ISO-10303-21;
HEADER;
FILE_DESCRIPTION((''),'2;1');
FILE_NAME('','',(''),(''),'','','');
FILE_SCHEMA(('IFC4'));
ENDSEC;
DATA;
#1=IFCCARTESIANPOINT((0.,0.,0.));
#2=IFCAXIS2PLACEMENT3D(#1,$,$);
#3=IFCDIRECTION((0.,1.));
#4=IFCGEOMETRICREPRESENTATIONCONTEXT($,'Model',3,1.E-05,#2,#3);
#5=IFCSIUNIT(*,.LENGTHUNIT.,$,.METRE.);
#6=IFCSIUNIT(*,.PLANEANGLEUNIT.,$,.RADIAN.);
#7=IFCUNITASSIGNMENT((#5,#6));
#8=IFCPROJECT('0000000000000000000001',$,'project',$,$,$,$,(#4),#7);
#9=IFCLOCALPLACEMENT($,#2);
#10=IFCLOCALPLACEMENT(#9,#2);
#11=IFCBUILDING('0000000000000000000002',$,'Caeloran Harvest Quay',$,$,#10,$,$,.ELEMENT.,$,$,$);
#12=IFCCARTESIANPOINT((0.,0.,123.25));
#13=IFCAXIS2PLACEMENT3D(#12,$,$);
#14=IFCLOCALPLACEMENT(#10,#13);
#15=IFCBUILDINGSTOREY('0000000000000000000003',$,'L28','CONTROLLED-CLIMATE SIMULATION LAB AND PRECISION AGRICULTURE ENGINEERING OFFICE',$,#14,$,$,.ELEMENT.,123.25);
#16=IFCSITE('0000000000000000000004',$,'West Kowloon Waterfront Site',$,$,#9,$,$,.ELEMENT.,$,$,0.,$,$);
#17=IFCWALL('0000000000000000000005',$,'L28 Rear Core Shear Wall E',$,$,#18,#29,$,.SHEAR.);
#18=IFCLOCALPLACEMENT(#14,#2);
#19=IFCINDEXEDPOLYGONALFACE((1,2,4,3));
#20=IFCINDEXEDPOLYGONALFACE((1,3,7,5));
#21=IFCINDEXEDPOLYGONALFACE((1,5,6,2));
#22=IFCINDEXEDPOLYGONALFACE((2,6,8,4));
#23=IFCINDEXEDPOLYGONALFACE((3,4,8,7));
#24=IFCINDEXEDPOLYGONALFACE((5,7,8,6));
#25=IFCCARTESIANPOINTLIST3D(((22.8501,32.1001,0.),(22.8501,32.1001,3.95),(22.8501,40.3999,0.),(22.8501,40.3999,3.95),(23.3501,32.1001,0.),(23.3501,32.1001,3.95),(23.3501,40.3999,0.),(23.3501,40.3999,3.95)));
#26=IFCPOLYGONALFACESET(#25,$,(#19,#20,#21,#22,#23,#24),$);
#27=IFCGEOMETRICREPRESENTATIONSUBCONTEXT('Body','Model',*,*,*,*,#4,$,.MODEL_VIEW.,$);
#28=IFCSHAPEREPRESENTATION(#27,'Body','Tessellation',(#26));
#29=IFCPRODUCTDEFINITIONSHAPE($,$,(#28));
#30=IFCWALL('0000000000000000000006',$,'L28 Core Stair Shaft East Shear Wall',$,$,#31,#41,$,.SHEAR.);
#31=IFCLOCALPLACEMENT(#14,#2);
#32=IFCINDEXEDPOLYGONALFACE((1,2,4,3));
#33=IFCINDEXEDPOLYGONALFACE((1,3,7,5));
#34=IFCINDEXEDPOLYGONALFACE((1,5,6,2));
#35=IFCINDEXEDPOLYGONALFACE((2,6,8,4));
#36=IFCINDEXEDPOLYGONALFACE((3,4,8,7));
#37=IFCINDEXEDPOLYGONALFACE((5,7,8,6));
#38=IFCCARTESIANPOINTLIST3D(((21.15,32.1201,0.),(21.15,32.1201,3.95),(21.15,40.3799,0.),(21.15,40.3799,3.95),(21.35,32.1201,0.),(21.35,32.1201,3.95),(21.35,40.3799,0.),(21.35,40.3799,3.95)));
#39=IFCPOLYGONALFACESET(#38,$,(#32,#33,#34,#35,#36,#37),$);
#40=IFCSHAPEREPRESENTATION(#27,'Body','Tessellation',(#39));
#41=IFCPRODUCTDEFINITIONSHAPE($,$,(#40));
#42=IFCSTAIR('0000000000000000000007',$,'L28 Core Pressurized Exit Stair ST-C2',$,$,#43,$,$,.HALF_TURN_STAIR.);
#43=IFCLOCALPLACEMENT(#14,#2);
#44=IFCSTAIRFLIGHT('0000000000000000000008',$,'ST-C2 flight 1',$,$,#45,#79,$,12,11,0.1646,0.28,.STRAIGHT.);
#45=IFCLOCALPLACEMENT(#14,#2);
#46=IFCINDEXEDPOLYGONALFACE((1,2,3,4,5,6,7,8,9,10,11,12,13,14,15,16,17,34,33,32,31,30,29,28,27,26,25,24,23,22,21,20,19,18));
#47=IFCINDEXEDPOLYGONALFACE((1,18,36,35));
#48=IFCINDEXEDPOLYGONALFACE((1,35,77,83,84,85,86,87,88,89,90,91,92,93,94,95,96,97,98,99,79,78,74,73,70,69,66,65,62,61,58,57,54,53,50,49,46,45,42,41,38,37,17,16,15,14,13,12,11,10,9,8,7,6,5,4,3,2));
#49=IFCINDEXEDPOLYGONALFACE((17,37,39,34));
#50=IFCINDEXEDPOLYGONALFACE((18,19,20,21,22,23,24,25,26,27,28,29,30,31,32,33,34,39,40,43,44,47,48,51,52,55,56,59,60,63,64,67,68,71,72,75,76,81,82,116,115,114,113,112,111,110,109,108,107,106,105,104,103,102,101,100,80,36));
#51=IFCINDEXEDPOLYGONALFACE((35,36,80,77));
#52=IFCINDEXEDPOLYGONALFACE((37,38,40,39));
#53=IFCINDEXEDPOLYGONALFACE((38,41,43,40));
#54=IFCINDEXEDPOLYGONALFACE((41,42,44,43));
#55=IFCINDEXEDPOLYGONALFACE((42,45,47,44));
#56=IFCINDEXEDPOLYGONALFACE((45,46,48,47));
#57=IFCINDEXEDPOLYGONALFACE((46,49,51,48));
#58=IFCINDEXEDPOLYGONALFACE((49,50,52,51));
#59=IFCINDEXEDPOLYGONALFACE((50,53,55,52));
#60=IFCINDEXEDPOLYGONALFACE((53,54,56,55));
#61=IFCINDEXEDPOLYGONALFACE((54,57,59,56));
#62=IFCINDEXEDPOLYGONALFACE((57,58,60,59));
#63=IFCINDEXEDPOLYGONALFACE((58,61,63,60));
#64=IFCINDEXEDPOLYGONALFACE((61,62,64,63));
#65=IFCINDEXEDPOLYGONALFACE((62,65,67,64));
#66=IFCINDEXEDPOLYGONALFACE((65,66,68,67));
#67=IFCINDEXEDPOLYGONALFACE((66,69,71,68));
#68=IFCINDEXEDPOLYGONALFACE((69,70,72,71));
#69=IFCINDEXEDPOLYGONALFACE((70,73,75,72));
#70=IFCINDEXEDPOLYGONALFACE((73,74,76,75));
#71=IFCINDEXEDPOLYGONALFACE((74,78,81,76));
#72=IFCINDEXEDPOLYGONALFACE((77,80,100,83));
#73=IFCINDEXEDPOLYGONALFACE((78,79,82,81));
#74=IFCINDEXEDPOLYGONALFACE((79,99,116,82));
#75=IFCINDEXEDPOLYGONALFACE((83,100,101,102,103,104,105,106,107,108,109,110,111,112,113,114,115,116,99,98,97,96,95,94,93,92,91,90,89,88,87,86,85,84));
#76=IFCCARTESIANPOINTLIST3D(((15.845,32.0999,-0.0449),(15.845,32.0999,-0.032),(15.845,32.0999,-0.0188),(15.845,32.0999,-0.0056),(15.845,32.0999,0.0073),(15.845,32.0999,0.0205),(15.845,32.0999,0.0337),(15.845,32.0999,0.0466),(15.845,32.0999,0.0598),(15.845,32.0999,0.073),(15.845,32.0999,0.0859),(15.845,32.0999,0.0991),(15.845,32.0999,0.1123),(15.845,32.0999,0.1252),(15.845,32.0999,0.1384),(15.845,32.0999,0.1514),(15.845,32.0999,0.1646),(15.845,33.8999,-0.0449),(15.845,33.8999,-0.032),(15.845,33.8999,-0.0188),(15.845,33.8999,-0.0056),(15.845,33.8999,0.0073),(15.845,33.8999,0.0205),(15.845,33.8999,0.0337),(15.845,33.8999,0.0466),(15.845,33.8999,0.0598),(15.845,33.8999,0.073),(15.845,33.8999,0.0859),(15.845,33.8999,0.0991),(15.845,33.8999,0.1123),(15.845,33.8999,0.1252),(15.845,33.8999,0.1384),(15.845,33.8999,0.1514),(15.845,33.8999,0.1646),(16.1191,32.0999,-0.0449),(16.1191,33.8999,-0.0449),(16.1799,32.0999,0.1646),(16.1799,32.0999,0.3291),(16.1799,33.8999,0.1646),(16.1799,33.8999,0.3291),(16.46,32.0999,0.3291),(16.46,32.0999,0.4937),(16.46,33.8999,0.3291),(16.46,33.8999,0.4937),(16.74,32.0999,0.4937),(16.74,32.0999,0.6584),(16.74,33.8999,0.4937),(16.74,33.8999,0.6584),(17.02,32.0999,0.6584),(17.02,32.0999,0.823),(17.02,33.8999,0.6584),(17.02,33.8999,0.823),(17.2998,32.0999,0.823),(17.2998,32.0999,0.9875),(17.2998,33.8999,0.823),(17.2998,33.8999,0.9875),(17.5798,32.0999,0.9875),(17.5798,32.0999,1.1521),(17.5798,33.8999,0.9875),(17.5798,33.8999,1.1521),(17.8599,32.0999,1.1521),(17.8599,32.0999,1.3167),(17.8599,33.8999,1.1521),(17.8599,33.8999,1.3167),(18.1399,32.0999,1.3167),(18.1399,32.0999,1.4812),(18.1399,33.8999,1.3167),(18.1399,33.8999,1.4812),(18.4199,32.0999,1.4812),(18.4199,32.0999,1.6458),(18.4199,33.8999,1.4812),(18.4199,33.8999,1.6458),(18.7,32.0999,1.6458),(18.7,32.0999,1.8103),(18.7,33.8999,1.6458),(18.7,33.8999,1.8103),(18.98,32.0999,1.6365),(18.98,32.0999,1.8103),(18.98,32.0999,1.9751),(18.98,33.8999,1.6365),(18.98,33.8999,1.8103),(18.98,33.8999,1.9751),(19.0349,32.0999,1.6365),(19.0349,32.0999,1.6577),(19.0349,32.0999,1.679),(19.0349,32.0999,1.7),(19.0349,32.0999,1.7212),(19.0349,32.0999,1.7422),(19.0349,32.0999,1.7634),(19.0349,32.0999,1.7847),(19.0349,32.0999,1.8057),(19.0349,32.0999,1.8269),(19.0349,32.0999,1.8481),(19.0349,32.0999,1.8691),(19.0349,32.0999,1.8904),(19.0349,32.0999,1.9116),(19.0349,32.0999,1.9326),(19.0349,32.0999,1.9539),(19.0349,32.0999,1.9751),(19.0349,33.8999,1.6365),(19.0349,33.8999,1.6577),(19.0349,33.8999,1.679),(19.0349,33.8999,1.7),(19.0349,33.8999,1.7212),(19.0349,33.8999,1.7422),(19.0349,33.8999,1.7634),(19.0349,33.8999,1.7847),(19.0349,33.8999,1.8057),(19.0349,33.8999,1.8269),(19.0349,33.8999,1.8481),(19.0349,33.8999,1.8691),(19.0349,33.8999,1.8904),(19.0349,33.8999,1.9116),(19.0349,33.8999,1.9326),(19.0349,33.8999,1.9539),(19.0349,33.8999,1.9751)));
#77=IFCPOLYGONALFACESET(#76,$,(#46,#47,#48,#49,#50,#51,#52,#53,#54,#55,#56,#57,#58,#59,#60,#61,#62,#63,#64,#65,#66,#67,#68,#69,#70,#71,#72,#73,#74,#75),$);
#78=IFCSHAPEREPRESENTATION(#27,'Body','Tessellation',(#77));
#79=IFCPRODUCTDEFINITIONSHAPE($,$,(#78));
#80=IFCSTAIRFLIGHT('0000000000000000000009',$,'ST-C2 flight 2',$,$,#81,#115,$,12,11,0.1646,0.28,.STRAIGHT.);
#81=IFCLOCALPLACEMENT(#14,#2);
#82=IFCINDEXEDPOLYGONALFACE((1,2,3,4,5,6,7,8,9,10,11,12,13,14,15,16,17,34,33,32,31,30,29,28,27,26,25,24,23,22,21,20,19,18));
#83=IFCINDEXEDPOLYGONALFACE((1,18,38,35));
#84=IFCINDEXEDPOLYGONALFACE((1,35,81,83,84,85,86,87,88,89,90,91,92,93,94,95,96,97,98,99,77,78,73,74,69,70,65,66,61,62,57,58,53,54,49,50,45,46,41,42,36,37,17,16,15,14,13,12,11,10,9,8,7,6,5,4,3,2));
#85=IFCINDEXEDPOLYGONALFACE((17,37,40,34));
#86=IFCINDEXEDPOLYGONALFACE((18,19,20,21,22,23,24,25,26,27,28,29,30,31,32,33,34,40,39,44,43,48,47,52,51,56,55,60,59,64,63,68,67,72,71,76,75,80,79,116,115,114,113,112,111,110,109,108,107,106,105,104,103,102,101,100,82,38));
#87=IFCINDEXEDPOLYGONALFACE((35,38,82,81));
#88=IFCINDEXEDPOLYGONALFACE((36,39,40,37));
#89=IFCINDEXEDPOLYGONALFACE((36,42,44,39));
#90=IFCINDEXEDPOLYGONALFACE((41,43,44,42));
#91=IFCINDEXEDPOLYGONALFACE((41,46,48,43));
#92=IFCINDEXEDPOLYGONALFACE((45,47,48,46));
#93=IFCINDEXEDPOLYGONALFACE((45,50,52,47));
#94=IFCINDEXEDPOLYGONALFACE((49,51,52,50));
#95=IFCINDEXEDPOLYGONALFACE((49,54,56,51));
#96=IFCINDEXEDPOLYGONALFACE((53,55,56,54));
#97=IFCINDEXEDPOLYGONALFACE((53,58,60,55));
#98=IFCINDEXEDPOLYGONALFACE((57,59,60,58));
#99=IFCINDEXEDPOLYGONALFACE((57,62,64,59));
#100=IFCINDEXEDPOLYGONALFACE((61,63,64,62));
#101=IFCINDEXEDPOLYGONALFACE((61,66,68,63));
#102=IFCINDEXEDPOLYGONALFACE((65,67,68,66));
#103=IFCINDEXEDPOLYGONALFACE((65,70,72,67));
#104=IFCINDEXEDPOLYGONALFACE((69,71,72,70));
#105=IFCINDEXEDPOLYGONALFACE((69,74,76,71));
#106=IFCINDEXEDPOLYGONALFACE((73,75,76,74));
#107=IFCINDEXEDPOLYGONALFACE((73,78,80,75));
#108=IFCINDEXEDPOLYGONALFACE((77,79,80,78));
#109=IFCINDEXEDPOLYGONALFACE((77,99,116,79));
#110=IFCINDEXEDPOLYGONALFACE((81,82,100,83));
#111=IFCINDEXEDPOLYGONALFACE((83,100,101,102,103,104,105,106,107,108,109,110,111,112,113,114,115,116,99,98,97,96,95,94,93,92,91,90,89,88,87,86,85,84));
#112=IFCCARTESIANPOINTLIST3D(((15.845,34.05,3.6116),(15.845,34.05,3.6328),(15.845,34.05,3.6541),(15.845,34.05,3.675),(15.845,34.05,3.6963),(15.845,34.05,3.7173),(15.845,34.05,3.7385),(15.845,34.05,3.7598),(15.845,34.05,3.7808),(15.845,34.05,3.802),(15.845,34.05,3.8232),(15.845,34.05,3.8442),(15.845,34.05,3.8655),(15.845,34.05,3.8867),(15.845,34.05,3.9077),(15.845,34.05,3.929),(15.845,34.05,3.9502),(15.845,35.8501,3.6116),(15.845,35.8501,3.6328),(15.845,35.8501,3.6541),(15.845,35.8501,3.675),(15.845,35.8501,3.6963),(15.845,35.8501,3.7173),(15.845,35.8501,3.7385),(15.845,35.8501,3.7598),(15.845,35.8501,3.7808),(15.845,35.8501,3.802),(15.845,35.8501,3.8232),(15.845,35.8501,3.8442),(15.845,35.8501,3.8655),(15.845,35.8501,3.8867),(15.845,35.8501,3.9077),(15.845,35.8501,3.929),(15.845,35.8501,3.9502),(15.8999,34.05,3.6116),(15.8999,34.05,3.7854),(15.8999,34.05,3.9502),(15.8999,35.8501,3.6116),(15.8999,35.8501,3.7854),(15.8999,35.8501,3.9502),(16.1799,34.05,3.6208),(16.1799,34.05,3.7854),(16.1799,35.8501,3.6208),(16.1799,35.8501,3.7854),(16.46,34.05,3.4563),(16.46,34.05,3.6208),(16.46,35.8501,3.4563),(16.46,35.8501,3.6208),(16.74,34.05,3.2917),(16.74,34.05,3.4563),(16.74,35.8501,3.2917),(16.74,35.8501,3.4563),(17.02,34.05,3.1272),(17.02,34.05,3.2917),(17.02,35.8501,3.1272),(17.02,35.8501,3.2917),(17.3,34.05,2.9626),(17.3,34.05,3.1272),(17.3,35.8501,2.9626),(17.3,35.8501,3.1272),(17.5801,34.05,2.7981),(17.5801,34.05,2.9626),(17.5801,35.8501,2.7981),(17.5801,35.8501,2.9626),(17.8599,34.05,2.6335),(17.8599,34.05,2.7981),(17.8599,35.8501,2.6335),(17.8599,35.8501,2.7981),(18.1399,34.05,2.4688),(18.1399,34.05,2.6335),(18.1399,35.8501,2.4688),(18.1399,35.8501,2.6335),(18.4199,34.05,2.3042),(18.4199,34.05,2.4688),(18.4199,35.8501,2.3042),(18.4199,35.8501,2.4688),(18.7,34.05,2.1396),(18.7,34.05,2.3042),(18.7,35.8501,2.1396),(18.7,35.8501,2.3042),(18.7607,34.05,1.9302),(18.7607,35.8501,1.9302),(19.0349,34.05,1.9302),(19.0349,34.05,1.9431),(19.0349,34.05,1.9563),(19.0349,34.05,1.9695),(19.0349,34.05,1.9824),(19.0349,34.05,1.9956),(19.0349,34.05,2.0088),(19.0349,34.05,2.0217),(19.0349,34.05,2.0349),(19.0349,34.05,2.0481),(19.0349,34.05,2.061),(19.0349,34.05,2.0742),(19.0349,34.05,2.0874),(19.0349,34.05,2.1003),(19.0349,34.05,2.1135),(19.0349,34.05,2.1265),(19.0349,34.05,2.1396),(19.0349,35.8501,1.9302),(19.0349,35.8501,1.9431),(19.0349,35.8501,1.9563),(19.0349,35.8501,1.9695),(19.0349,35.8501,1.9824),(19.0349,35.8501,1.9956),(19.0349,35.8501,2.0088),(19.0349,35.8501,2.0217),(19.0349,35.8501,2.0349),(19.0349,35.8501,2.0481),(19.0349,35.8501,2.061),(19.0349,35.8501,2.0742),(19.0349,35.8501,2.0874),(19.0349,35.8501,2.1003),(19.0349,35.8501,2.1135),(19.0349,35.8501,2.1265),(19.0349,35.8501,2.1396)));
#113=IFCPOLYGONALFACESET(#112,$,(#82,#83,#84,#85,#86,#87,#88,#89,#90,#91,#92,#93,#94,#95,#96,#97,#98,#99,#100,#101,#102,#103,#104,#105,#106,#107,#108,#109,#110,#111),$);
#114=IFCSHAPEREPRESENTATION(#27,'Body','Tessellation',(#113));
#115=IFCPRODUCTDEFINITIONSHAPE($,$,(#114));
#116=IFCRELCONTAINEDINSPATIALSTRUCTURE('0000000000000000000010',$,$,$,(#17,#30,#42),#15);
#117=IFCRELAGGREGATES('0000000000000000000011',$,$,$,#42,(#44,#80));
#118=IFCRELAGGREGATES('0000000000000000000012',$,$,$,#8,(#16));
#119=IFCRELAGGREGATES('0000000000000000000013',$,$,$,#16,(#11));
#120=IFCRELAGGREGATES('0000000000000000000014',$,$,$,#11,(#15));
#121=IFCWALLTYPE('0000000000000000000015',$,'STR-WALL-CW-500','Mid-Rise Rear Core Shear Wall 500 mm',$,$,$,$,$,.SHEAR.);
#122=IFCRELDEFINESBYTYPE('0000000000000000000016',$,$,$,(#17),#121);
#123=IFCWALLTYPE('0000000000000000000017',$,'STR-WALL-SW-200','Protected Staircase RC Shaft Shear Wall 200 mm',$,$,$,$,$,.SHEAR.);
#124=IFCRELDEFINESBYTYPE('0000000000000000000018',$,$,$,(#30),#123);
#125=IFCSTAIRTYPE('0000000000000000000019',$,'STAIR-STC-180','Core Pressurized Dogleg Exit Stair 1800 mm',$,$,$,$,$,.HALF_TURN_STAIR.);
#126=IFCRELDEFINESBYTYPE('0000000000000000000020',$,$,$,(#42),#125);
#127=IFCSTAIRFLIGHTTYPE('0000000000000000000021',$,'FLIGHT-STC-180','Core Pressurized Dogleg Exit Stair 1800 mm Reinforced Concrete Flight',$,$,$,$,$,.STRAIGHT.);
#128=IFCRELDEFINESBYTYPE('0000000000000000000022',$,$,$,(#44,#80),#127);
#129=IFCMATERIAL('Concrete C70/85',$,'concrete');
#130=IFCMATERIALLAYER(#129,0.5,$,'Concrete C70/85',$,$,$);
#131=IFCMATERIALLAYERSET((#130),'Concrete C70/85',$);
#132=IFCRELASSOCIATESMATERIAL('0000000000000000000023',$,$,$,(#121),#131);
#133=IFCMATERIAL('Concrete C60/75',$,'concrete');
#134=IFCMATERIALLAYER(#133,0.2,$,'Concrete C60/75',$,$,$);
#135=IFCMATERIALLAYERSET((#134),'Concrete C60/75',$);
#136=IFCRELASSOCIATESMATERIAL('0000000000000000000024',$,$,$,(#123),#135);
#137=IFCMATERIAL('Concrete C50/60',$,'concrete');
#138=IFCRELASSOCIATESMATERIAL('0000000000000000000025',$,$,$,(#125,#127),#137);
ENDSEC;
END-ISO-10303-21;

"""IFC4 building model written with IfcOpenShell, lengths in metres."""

from ifc_helpers import new_model, si_unit, direction, frame, frame_2d, origin, place, context, subcontext, project, spatial, polyline, rectangle, outline, extrude, material, layer, layer_set, type_object, element, aggregate, save


model = new_model("IFC4")

# Units and contexts
model_context = context("Model", 3, precision=1e-05, world=origin(), true_north=direction((0.0, 1.0)))
body_context = subcontext(model_context, "Body", "Model", "MODEL_VIEW")
ifc_project = project(units=[si_unit("LENGTHUNIT", "METRE"), si_unit("PLANEANGLEUNIT", "RADIAN")], contexts=[model_context])

# Site, building, storey
site_placement = place(None, origin())
site = spatial("IfcSite", under=ifc_project, at=site_placement, Name="West Kowloon Waterfront Site", CompositionType="ELEMENT", RefElevation=0.0)
building_placement = place(site_placement, origin())
building = spatial("IfcBuilding", under=site, at=building_placement, Name="Caeloran Harvest Quay", CompositionType="ELEMENT")
storey_placement = place(building_placement, frame((0.0, 0.0, 123.25)))
storey = spatial("IfcBuildingStorey", under=building, at=storey_placement, Name="L28", Description="CONTROLLED-CLIMATE SIMULATION LAB AND PRECISION AGRICULTURE ENGINEERING OFFICE", CompositionType="ELEMENT", Elevation=123.25)

# Shared definitions
ifc_material_1 = material(Name="Concrete C50/60", Category="concrete")

# Walls
ifc_material_2 = material(Name="Concrete C70/85", Category="concrete")
ifc_layer_1 = layer(ifc_material_2, 0.5, Name="Concrete C70/85")
ifc_layer_set_1 = layer_set([ifc_layer_1], Name="Concrete C70/85")
wall_type_1 = type_object("IfcWallType", Name="STR-WALL-CW-500", Description="Mid-Rise Rear Core Shear Wall 500 mm", PredefinedType="SHEAR", material=ifc_layer_set_1)
wall_1_placement = place(storey_placement, frame((23.1001, 32.1001, 0.0), z_axis=(0.0, 0.0, 1.0), x_axis=(0.0, 1.0, 0.0)))
element("IfcWall", 1, at=wall_1_placement, inside=storey, type_object=wall_type_1, Name="L28 Rear Core Shear Wall E", PredefinedType="SHEAR", context=body_context, shape_type="SweptSolid", body=[
    extrude(rectangle(XDim=8.2998, YDim=0.5, at=frame_2d((4.1499, 0.0))), origin(), (0.0, 0.0, 1.0), 3.95),
])
ifc_material_3 = material(Name="Concrete C60/75", Category="concrete")
ifc_layer_2 = layer(ifc_material_3, 0.2, Name="Concrete C60/75")
ifc_layer_set_2 = layer_set([ifc_layer_2], Name="Concrete C60/75")
wall_type_2 = type_object("IfcWallType", Name="STR-WALL-SW-200", Description="Protected Staircase RC Shaft Shear Wall 200 mm", PredefinedType="SHEAR", material=ifc_layer_set_2)
wall_2_placement = place(storey_placement, frame((21.25, 32.1201, 0.0), z_axis=(0.0, 0.0, 1.0), x_axis=(0.0, 1.0, 0.0)))
element("IfcWall", 2, at=wall_2_placement, inside=storey, type_object=wall_type_2, Name="L28 Core Stair Shaft East Shear Wall", PredefinedType="SHEAR", context=body_context, shape_type="SweptSolid", body=[
    extrude(rectangle(XDim=8.2598, YDim=0.2, at=frame_2d((4.1299, 0.0))), origin(), (0.0, 0.0, 1.0), 3.95),
])

# Stair, stair flights
stair_type = type_object("IfcStairType", Name="STAIR-STC-180", Description="Core Pressurized Dogleg Exit Stair 1800 mm", PredefinedType="HALF_TURN_STAIR", material=ifc_material_1)
stair_placement = place(storey_placement, origin())
stair = element("IfcStair", 3, at=stair_placement, inside=storey, type_object=stair_type, Name="L28 Core Pressurized Exit Stair ST-C2", PredefinedType="HALF_TURN_STAIR")
stair_flight_type = type_object("IfcStairFlightType", Name="FLIGHT-STC-180", Description="Core Pressurized Dogleg Exit Stair 1800 mm Reinforced Concrete Flight", PredefinedType="STRAIGHT", material=ifc_material_1)
stair_flight_1_placement = place(storey_placement, frame((15.8999, 33.0, 0.0), z_axis=(0.0, 0.0, 1.0), x_axis=(1.0, 0.0, 0.0)))
stair_flight_1 = element("IfcStairFlight", 4, at=stair_flight_1_placement, type_object=stair_flight_type, Name="ST-C2 flight 1", NumberOfRisers=12, NumberOfTreads=11, PredefinedType="STRAIGHT", RiserHeight=0.1646, TreadLength=0.28, context=body_context, shape_type="SweptSolid", body=[
    extrude(outline(polyline([(-0.0549, -0.0449), (-0.0549, -0.032), (-0.0549, -0.0188), (-0.0549, -0.0056), (-0.0549, 0.0073), (-0.0549, 0.0205), (-0.0549, 0.0337), (-0.0549, 0.0466), (-0.0549, 0.0598), (-0.0549, 0.073), (-0.0549, 0.0859), (-0.0549, 0.0991), (-0.0549, 0.1123), (-0.0549, 0.1252), (-0.0549, 0.1384), (-0.0549, 0.1514), (-0.0549, 0.1646), (0.28, 0.1646), (0.28, 0.3291), (0.5601, 0.3291), (0.5601, 0.4937), (0.8401, 0.4937), (0.8401, 0.6584), (1.1201, 0.6584), (1.1201, 0.823), (1.3999, 0.823), (1.3999, 0.9875), (1.6799, 0.9875), (1.6799, 1.1521), (1.96, 1.1521), (1.96, 1.3167), (2.24, 1.3167), (2.24, 1.4812), (2.52, 1.4812), (2.52, 1.6458), (2.8, 1.6458), (2.8, 1.8103), (3.0801, 1.8103), (3.0801, 1.9751), (3.135, 1.9751), (3.135, 1.9539), (3.135, 1.9326), (3.135, 1.9116), (3.135, 1.8904), (3.135, 1.8691), (3.135, 1.8481), (3.135, 1.8269), (3.135, 1.8057), (3.135, 1.7847), (3.135, 1.7634), (3.135, 1.7422), (3.135, 1.7212), (3.135, 1.7), (3.135, 1.679), (3.135, 1.6577), (3.135, 1.6365), (3.0801, 1.6365), (0.2192, -0.0449), (-0.0549, -0.0449)])), frame((0.0, 0.8999, 0.0), z_axis=(0.0, -1.0, 0.0), x_axis=(1.0, 0.0, 0.0)), (0.0, 0.0, 1.0), 1.8),
])
stair_flight_2_placement = place(storey_placement, frame((18.98, 34.95, 1.9751), z_axis=(0.0, 0.0, 1.0), x_axis=(-1.0, 0.0, 0.0)))
stair_flight_2 = element("IfcStairFlight", 5, at=stair_flight_2_placement, type_object=stair_flight_type, Name="ST-C2 flight 2", NumberOfRisers=12, NumberOfTreads=11, PredefinedType="STRAIGHT", RiserHeight=0.1646, TreadLength=0.28, context=body_context, shape_type="SweptSolid", body=[
    extrude(outline(polyline([(-0.0549, -0.0449), (-0.0549, -0.032), (-0.0549, -0.0188), (-0.0549, -0.0056), (-0.0549, 0.0073), (-0.0549, 0.0205), (-0.0549, 0.0337), (-0.0549, 0.0466), (-0.0549, 0.0598), (-0.0549, 0.073), (-0.0549, 0.0859), (-0.0549, 0.0991), (-0.0549, 0.1123), (-0.0549, 0.1252), (-0.0549, 0.1384), (-0.0549, 0.1514), (-0.0549, 0.1646), (0.28, 0.1646), (0.28, 0.3291), (0.5601, 0.3291), (0.5601, 0.4937), (0.8401, 0.4937), (0.8401, 0.6584), (1.1201, 0.6584), (1.1201, 0.823), (1.3999, 0.823), (1.3999, 0.9875), (1.6799, 0.9875), (1.6799, 1.1521), (1.96, 1.1521), (1.96, 1.3167), (2.24, 1.3167), (2.24, 1.4812), (2.52, 1.4812), (2.52, 1.6458), (2.8, 1.6458), (2.8, 1.8103), (3.0801, 1.8103), (3.0801, 1.9751), (3.135, 1.9751), (3.135, 1.9539), (3.135, 1.9326), (3.135, 1.9116), (3.135, 1.8904), (3.135, 1.8691), (3.135, 1.8481), (3.135, 1.8269), (3.135, 1.8057), (3.135, 1.7847), (3.135, 1.7634), (3.135, 1.7422), (3.135, 1.7212), (3.135, 1.7), (3.135, 1.679), (3.135, 1.6577), (3.135, 1.6365), (3.0801, 1.6365), (0.2192, -0.0449), (-0.0549, -0.0449)])), frame((0.0, 0.8999, 0.0), z_axis=(0.0, -1.0, 0.0), x_axis=(1.0, 0.0, 0.0)), (0.0, 0.0, 1.0), 1.8),
])
aggregate(stair, [stair_flight_1, stair_flight_2])

save(model, "model.ifc")
